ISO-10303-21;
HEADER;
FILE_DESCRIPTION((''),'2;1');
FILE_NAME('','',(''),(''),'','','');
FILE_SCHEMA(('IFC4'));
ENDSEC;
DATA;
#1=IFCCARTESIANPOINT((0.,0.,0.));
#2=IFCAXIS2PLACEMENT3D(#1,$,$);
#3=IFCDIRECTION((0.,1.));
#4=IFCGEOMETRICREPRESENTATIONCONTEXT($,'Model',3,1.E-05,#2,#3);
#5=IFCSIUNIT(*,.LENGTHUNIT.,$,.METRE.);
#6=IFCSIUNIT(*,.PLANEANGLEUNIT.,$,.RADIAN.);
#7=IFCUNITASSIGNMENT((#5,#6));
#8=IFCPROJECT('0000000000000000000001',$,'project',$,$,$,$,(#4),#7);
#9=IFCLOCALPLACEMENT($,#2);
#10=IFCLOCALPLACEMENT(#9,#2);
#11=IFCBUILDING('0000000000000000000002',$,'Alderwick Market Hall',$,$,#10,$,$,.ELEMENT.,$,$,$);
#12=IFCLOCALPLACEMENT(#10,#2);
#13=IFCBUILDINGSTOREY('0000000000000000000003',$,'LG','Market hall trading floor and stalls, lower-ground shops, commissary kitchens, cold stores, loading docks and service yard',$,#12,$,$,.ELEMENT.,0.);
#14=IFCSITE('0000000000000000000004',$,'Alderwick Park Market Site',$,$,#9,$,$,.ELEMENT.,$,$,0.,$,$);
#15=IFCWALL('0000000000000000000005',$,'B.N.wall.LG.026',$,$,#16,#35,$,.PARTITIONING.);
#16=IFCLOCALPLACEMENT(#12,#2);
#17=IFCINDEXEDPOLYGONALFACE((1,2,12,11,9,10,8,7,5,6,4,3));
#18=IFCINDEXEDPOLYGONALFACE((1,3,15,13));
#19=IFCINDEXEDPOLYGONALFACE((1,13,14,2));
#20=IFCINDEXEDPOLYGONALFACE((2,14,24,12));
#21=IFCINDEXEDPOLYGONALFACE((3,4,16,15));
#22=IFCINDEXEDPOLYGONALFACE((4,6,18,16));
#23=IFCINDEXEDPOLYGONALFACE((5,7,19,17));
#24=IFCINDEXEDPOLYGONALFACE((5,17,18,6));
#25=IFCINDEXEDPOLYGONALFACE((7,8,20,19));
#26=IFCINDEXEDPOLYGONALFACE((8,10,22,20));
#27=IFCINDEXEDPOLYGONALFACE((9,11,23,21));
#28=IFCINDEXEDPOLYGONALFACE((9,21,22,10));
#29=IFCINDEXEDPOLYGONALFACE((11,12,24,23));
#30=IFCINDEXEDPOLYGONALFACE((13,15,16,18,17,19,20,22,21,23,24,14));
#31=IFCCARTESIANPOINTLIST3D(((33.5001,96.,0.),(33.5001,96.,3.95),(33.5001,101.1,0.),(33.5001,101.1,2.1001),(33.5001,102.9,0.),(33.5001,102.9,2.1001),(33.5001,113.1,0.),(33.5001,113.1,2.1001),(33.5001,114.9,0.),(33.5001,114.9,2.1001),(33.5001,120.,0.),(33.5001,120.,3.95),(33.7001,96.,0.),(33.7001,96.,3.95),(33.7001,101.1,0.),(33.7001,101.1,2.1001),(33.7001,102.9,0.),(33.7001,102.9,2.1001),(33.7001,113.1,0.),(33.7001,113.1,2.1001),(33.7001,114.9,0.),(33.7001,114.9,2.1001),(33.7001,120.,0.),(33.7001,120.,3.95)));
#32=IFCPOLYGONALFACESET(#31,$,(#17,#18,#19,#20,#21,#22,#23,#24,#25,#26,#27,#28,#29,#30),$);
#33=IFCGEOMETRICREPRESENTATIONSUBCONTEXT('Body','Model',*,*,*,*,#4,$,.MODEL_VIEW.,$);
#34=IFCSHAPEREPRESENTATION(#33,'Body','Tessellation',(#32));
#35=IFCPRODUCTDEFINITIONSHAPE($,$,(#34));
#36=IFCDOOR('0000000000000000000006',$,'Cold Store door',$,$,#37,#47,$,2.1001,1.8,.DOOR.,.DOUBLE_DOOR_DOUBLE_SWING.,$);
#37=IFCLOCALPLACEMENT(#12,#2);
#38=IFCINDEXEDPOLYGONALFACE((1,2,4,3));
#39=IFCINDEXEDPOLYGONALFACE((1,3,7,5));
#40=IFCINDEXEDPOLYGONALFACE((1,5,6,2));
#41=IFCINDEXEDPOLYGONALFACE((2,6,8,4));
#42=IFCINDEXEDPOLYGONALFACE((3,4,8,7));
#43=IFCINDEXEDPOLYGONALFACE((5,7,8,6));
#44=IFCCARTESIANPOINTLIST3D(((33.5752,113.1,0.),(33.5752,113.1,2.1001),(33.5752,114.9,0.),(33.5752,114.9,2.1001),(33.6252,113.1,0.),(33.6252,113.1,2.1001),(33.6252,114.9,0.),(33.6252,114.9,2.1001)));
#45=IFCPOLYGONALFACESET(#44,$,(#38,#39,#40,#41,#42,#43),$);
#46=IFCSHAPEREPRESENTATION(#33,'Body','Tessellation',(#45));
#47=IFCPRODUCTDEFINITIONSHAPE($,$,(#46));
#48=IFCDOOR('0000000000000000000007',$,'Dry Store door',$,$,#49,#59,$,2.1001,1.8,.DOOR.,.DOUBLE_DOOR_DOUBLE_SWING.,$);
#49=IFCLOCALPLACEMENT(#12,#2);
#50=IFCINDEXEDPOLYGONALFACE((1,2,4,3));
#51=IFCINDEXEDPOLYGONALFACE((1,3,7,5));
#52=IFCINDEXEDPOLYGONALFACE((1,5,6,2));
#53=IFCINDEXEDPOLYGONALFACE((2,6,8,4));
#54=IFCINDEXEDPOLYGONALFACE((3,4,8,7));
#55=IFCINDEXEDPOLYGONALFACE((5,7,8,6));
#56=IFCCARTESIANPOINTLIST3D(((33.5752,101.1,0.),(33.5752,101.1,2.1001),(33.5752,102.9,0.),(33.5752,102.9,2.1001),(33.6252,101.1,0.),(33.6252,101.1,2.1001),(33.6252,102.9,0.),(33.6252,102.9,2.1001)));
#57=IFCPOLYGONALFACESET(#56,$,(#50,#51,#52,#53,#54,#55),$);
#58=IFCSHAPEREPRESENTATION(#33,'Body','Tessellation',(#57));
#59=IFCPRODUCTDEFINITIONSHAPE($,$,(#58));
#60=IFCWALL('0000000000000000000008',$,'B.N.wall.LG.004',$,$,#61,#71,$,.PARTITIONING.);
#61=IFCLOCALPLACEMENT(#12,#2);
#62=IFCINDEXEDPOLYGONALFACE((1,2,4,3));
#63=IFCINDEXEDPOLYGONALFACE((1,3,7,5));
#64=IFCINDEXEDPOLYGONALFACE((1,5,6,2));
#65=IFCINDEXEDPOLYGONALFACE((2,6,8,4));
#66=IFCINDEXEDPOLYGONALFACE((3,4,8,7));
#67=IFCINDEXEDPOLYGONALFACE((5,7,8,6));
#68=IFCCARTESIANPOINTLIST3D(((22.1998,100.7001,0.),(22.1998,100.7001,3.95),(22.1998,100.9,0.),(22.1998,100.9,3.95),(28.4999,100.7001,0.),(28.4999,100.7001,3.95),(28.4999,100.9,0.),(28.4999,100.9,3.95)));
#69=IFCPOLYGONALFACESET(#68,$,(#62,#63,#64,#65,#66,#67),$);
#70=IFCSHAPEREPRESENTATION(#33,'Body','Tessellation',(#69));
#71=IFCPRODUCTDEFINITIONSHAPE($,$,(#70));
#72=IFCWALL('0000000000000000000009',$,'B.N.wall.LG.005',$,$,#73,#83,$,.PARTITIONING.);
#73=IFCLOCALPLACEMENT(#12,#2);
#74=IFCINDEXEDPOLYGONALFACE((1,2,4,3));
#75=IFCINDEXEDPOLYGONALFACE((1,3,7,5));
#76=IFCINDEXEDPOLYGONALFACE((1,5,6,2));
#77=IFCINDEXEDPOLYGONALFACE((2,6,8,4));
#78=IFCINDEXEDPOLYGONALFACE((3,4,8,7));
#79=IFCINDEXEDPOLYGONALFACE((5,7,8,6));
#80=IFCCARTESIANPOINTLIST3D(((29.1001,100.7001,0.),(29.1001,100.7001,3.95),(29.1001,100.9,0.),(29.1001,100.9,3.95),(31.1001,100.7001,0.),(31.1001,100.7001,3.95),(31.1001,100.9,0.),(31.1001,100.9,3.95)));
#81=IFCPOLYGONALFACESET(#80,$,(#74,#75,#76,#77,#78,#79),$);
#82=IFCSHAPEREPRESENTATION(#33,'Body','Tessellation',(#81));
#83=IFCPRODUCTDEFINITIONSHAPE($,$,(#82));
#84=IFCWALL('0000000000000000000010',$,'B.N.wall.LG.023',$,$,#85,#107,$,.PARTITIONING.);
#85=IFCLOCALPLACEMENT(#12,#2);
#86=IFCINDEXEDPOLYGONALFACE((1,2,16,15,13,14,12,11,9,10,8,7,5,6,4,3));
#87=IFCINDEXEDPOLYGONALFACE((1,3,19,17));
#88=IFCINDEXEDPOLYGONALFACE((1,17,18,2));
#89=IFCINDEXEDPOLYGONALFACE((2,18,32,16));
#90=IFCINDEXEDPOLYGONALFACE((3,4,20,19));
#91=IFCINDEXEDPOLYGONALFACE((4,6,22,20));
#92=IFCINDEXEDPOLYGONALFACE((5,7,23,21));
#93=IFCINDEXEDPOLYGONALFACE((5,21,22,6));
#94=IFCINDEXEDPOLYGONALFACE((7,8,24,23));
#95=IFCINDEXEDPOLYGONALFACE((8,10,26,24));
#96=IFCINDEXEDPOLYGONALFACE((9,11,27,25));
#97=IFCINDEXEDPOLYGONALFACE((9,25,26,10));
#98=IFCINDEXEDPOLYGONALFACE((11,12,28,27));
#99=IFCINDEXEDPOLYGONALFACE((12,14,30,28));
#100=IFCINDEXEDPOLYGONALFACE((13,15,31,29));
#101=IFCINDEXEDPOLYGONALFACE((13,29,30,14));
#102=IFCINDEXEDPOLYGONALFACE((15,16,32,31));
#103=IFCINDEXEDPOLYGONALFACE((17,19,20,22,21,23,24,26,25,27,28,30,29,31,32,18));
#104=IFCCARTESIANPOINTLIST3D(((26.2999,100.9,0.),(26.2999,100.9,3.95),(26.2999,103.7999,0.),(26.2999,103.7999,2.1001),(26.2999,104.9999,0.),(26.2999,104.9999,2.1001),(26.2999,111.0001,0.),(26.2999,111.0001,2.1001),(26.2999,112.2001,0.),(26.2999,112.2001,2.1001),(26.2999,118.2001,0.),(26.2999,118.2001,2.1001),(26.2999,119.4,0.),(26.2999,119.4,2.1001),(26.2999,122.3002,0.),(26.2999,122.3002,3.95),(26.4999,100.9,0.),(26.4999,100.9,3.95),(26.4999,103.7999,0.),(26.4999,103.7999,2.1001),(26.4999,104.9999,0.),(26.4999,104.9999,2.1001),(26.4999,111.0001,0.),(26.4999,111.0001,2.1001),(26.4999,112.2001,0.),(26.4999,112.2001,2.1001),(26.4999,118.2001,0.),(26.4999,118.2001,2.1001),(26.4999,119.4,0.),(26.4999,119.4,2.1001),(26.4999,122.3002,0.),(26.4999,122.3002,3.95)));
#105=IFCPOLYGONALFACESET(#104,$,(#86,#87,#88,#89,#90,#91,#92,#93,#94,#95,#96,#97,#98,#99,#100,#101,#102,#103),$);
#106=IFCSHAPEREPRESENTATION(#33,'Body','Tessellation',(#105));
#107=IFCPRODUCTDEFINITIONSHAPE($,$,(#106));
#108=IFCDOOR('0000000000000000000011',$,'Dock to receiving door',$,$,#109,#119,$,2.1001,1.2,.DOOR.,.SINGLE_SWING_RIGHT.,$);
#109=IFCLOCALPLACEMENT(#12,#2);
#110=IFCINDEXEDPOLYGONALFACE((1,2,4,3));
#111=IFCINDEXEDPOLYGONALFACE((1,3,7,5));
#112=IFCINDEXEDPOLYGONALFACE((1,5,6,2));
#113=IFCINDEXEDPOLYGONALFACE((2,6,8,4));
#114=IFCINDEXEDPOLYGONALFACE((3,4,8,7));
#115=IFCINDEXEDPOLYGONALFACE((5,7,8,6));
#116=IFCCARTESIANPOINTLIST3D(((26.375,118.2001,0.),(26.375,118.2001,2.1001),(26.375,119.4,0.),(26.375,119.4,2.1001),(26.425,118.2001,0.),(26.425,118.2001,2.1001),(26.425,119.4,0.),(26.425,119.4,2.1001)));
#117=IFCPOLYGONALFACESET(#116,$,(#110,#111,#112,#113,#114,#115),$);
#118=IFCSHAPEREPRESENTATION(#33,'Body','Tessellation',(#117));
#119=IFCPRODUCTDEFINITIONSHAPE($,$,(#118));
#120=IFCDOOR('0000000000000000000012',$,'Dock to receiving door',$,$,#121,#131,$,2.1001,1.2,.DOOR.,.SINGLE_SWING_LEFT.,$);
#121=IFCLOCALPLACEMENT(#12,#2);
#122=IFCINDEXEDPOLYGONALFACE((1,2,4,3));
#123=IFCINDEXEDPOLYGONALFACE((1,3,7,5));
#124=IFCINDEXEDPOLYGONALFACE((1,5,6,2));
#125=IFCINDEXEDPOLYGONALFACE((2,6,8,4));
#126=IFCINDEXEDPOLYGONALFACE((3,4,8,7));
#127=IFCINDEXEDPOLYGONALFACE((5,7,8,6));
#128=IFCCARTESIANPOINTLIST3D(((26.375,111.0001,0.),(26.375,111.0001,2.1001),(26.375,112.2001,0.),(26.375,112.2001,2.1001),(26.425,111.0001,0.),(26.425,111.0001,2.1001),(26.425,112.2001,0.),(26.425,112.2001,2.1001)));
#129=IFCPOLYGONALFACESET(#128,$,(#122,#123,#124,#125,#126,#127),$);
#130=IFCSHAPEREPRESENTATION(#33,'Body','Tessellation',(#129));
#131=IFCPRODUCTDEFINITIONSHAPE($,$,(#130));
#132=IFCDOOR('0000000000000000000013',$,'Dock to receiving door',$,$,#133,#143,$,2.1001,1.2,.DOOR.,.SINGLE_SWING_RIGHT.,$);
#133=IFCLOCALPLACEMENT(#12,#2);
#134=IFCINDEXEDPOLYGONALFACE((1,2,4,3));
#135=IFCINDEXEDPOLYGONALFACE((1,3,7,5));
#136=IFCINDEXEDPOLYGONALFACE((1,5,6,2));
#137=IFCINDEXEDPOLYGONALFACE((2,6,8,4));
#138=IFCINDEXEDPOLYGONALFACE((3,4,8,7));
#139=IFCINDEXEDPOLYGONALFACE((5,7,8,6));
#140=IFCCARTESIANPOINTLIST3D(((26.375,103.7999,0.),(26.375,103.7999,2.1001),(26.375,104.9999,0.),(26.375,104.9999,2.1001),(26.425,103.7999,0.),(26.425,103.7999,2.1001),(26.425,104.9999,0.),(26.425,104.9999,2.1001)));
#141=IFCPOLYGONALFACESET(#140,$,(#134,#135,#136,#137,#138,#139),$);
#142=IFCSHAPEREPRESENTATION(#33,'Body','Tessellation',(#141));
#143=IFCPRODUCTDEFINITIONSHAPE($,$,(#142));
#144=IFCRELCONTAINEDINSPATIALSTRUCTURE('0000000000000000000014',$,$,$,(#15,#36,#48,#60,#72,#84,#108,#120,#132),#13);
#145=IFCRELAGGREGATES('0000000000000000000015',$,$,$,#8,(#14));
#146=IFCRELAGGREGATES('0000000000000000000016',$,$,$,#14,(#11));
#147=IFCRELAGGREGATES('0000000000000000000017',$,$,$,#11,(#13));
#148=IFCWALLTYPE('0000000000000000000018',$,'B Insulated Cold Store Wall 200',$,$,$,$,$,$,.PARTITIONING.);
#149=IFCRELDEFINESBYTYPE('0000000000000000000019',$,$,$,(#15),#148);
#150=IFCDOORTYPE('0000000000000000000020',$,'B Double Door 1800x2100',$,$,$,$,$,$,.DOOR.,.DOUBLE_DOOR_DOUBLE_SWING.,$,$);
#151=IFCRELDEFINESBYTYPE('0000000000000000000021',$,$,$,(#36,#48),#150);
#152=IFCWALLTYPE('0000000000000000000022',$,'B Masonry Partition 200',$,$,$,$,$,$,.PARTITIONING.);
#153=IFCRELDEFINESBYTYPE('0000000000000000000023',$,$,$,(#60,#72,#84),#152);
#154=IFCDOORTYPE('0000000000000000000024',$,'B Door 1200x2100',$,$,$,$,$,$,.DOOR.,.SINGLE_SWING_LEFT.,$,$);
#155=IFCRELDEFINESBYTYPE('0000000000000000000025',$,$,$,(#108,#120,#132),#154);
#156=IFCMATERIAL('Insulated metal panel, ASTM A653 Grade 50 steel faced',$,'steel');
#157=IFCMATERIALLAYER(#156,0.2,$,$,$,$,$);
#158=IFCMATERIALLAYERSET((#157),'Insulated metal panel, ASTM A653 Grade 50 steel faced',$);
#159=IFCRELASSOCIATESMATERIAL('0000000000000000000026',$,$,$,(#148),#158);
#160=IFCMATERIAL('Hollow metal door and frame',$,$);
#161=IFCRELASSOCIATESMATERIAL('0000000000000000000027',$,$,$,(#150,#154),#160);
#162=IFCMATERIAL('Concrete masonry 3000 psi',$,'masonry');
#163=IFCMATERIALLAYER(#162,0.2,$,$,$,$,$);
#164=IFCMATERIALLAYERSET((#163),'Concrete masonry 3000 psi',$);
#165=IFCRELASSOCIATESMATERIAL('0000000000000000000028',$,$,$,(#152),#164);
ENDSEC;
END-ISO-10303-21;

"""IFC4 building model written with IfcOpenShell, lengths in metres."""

from ifc_helpers import new_model, si_unit, direction, frame, frame_2d, origin, place, context, subcontext, project, spatial, rectangle, extrude, material, layer, layer_set, type_object, element, fill, save


model = new_model("IFC4")

# Units and contexts
model_context = context("Model", 3, precision=1e-05, world=origin(), true_north=direction((0.0, 1.0)))
body_context = subcontext(model_context, "Body", "Model", "MODEL_VIEW")
ifc_project = project(units=[si_unit("LENGTHUNIT", "METRE"), si_unit("PLANEANGLEUNIT", "RADIAN")], contexts=[model_context])

# Site, building, storey
site_placement = place(None, origin())
site = spatial("IfcSite", under=ifc_project, at=site_placement, Name="Alderwick Park Market Site", CompositionType="ELEMENT", RefElevation=0.0)
building_placement = place(site_placement, origin())
building = spatial("IfcBuilding", under=site, at=building_placement, Name="Alderwick Market Hall", CompositionType="ELEMENT")
storey_placement = place(building_placement, origin())
storey = spatial("IfcBuildingStorey", under=building, at=storey_placement, Name="LG", Description="Market hall trading floor and stalls, lower-ground shops, commissary kitchens, cold stores, loading docks and service yard", CompositionType="ELEMENT", Elevation=0.0)

# Wall, openings, doors
ifc_material_1 = material(Name="Insulated metal panel, ASTM A653 Grade 50 steel faced", Category="steel")
ifc_layer_1 = layer(ifc_material_1, 0.2)
ifc_layer_set_1 = layer_set([ifc_layer_1], Name="Insulated metal panel, ASTM A653 Grade 50 steel faced")
wall_type_1 = type_object("IfcWallType", Name="B Insulated Cold Store Wall 200", PredefinedType="PARTITIONING", material=ifc_layer_set_1)
wall_1_placement = place(storey_placement, frame((33.6001, 96.0, 0.0), z_axis=(0.0, 0.0, 1.0), x_axis=(0.0, 1.0, 0.0)))
wall_1 = element("IfcWall", 1, at=wall_1_placement, inside=storey, type_object=wall_type_1, Name="B.N.wall.LG.026", PredefinedType="PARTITIONING", context=body_context, shape_type="SweptSolid", body=[
    extrude(rectangle(XDim=24.0, YDim=0.2, at=frame_2d((12.0, 0.0))), origin(), (0.0, 0.0, 1.0), 3.95),
])
opening_1_placement = place(wall_1_placement, frame((17.1001, 0.0, 0.0)))
opening_1 = element("IfcOpeningElement", 2, at=opening_1_placement, cuts=wall_1, PredefinedType="OPENING", context=body_context, shape_type="SweptSolid", body=[
    extrude(rectangle(XDim=1.8, YDim=2.1001, at=frame_2d((0.8999, 1.05))), frame((0.0, 0.1099, 0.0), z_axis=(0.0, -1.0, 0.0), x_axis=(1.0, 0.0, 0.0)), (0.0, 0.0, 1.0), 0.22),
])
opening_2_placement = place(wall_1_placement, frame((5.1001, 0.0, 0.0)))
opening_2 = element("IfcOpeningElement", 3, at=opening_2_placement, cuts=wall_1, PredefinedType="OPENING", context=body_context, shape_type="SweptSolid", body=[
    extrude(rectangle(XDim=1.8, YDim=2.1001, at=frame_2d((0.8999, 1.05))), frame((0.0, 0.1099, 0.0), z_axis=(0.0, -1.0, 0.0), x_axis=(1.0, 0.0, 0.0)), (0.0, 0.0, 1.0), 0.22),
])
ifc_material_2 = material(Name="Hollow metal door and frame")
door_type_1 = type_object("IfcDoorType", Name="B Double Door 1800x2100", OperationType="DOUBLE_DOOR_DOUBLE_SWING", PredefinedType="DOOR", material=ifc_material_2)
door_1_placement = place(opening_1_placement, origin())
door_1 = element("IfcDoor", 4, at=door_1_placement, inside=storey, type_object=door_type_1, Name="Cold Store door", OperationType="DOUBLE_DOOR_DOUBLE_SWING", OverallHeight=2.1001, OverallWidth=1.8, PredefinedType="DOOR", context=body_context, shape_type="SweptSolid", body=[
    extrude(rectangle(XDim=1.8, YDim=2.1001, at=frame_2d((0.8999, 1.05))), frame((0.0, 0.0249, 0.0), z_axis=(0.0, -1.0, 0.0), x_axis=(1.0, 0.0, 0.0)), (0.0, 0.0, 1.0), 0.05),
])
fill(opening_1, door_1)
door_2_placement = place(opening_2_placement, origin())
door_2 = element("IfcDoor", 5, at=door_2_placement, inside=storey, type_object=door_type_1, Name="Dry Store door", OperationType="DOUBLE_DOOR_DOUBLE_SWING", OverallHeight=2.1001, OverallWidth=1.8, PredefinedType="DOOR", context=body_context, shape_type="SweptSolid", body=[
    extrude(rectangle(XDim=1.8, YDim=2.1001, at=frame_2d((0.8999, 1.05))), frame((0.0, 0.0249, 0.0), z_axis=(0.0, -1.0, 0.0), x_axis=(1.0, 0.0, 0.0)), (0.0, 0.0, 1.0), 0.05),
])
fill(opening_2, door_2)

# Walls
ifc_material_3 = material(Name="Concrete masonry 3000 psi", Category="masonry")
ifc_layer_2 = layer(ifc_material_3, 0.2)
ifc_layer_set_2 = layer_set([ifc_layer_2], Name="Concrete masonry 3000 psi")
wall_type_2 = type_object("IfcWallType", Name="B Masonry Partition 200", PredefinedType="PARTITIONING", material=ifc_layer_set_2)
wall_2_placement = place(storey_placement, frame((22.2, 100.8, 0.0), z_axis=(0.0, 0.0, 1.0), x_axis=(1.0, 0.0, 0.0)))
element("IfcWall", 6, at=wall_2_placement, inside=storey, type_object=wall_type_2, Name="B.N.wall.LG.004", PredefinedType="PARTITIONING", context=body_context, shape_type="SweptSolid", body=[
    extrude(rectangle(XDim=6.3, YDim=0.2, at=frame_2d((3.1499, 0.0))), origin(), (0.0, 0.0, 1.0), 3.95),
])
wall_3_placement = place(storey_placement, frame((29.1001, 100.8, 0.0), z_axis=(0.0, 0.0, 1.0), x_axis=(1.0, 0.0, 0.0)))
element("IfcWall", 7, at=wall_3_placement, inside=storey, type_object=wall_type_2, Name="B.N.wall.LG.005", PredefinedType="PARTITIONING", context=body_context, shape_type="SweptSolid", body=[
    extrude(rectangle(XDim=2.0, YDim=0.2, at=frame_2d((1.0, 0.0))), origin(), (0.0, 0.0, 1.0), 3.95),
])

# Wall, openings, doors
wall_4_placement = place(storey_placement, frame((26.3999, 100.8999, 0.0), z_axis=(0.0, 0.0, 1.0), x_axis=(0.0, 1.0, 0.0)))
wall_4 = element("IfcWall", 8, at=wall_4_placement, inside=storey, type_object=wall_type_2, Name="B.N.wall.LG.023", PredefinedType="PARTITIONING", context=body_context, shape_type="SweptSolid", body=[
    extrude(rectangle(XDim=21.4001, YDim=0.2, at=frame_2d((10.7002, 0.0))), origin(), (0.0, 0.0, 1.0), 3.95),
])
opening_3_placement = place(wall_4_placement, frame((17.3, 0.0, 0.0)))
opening_3 = element("IfcOpeningElement", 9, at=opening_3_placement, cuts=wall_4, PredefinedType="OPENING", context=body_context, shape_type="SweptSolid", body=[
    extrude(rectangle(XDim=1.2, YDim=2.1001, at=frame_2d((0.6001, 1.05))), frame((0.0, 0.1099, 0.0), z_axis=(0.0, -1.0, 0.0), x_axis=(1.0, 0.0, 0.0)), (0.0, 0.0, 1.0), 0.22),
])
opening_4_placement = place(wall_4_placement, frame((10.1001, 0.0, 0.0)))
opening_4 = element("IfcOpeningElement", 10, at=opening_4_placement, cuts=wall_4, PredefinedType="OPENING", context=body_context, shape_type="SweptSolid", body=[
    extrude(rectangle(XDim=1.2, YDim=2.1001, at=frame_2d((0.6001, 1.05))), frame((0.0, 0.1099, 0.0), z_axis=(0.0, -1.0, 0.0), x_axis=(1.0, 0.0, 0.0)), (0.0, 0.0, 1.0), 0.22),
])
opening_5_placement = place(wall_4_placement, frame((2.8999, 0.0, 0.0)))
opening_5 = element("IfcOpeningElement", 11, at=opening_5_placement, cuts=wall_4, PredefinedType="OPENING", context=body_context, shape_type="SweptSolid", body=[
    extrude(rectangle(XDim=1.2, YDim=2.1001, at=frame_2d((0.6001, 1.05))), frame((0.0, 0.1099, 0.0), z_axis=(0.0, -1.0, 0.0), x_axis=(1.0, 0.0, 0.0)), (0.0, 0.0, 1.0), 0.22),
])
door_type_2 = type_object("IfcDoorType", Name="B Door 1200x2100", OperationType="SINGLE_SWING_LEFT", PredefinedType="DOOR", material=ifc_material_2)
door_3_placement = place(opening_3_placement, origin())
door_3 = element("IfcDoor", 12, at=door_3_placement, inside=storey, type_object=door_type_2, Name="Dock to receiving door", OperationType="SINGLE_SWING_RIGHT", OverallHeight=2.1001, OverallWidth=1.2, PredefinedType="DOOR", context=body_context, shape_type="SweptSolid", body=[
    extrude(rectangle(XDim=1.2, YDim=2.1001, at=frame_2d((0.6001, 1.05))), frame((0.0, 0.0249, 0.0), z_axis=(0.0, -1.0, 0.0), x_axis=(1.0, 0.0, 0.0)), (0.0, 0.0, 1.0), 0.05),
])
fill(opening_3, door_3)
door_4_placement = place(opening_4_placement, origin())
door_4 = element("IfcDoor", 13, at=door_4_placement, inside=storey, type_object=door_type_2, Name="Dock to receiving door", OperationType="SINGLE_SWING_LEFT", OverallHeight=2.1001, OverallWidth=1.2, PredefinedType="DOOR", context=body_context, shape_type="SweptSolid", body=[
    extrude(rectangle(XDim=1.2, YDim=2.1001, at=frame_2d((0.6001, 1.05))), frame((0.0, 0.0249, 0.0), z_axis=(0.0, -1.0, 0.0), x_axis=(1.0, 0.0, 0.0)), (0.0, 0.0, 1.0), 0.05),
])
fill(opening_4, door_4)
door_5_placement = place(opening_5_placement, origin())
door_5 = element("IfcDoor", 14, at=door_5_placement, inside=storey, type_object=door_type_2, Name="Dock to receiving door", OperationType="SINGLE_SWING_RIGHT", OverallHeight=2.1001, OverallWidth=1.2, PredefinedType="DOOR", context=body_context, shape_type="SweptSolid", body=[
    extrude(rectangle(XDim=1.2, YDim=2.1001, at=frame_2d((0.6001, 1.05))), frame((0.0, 0.0249, 0.0), z_axis=(0.0, -1.0, 0.0), x_axis=(1.0, 0.0, 0.0)), (0.0, 0.0, 1.0), 0.05),
])
fill(opening_5, door_5)

save(model, "model.ifc")
